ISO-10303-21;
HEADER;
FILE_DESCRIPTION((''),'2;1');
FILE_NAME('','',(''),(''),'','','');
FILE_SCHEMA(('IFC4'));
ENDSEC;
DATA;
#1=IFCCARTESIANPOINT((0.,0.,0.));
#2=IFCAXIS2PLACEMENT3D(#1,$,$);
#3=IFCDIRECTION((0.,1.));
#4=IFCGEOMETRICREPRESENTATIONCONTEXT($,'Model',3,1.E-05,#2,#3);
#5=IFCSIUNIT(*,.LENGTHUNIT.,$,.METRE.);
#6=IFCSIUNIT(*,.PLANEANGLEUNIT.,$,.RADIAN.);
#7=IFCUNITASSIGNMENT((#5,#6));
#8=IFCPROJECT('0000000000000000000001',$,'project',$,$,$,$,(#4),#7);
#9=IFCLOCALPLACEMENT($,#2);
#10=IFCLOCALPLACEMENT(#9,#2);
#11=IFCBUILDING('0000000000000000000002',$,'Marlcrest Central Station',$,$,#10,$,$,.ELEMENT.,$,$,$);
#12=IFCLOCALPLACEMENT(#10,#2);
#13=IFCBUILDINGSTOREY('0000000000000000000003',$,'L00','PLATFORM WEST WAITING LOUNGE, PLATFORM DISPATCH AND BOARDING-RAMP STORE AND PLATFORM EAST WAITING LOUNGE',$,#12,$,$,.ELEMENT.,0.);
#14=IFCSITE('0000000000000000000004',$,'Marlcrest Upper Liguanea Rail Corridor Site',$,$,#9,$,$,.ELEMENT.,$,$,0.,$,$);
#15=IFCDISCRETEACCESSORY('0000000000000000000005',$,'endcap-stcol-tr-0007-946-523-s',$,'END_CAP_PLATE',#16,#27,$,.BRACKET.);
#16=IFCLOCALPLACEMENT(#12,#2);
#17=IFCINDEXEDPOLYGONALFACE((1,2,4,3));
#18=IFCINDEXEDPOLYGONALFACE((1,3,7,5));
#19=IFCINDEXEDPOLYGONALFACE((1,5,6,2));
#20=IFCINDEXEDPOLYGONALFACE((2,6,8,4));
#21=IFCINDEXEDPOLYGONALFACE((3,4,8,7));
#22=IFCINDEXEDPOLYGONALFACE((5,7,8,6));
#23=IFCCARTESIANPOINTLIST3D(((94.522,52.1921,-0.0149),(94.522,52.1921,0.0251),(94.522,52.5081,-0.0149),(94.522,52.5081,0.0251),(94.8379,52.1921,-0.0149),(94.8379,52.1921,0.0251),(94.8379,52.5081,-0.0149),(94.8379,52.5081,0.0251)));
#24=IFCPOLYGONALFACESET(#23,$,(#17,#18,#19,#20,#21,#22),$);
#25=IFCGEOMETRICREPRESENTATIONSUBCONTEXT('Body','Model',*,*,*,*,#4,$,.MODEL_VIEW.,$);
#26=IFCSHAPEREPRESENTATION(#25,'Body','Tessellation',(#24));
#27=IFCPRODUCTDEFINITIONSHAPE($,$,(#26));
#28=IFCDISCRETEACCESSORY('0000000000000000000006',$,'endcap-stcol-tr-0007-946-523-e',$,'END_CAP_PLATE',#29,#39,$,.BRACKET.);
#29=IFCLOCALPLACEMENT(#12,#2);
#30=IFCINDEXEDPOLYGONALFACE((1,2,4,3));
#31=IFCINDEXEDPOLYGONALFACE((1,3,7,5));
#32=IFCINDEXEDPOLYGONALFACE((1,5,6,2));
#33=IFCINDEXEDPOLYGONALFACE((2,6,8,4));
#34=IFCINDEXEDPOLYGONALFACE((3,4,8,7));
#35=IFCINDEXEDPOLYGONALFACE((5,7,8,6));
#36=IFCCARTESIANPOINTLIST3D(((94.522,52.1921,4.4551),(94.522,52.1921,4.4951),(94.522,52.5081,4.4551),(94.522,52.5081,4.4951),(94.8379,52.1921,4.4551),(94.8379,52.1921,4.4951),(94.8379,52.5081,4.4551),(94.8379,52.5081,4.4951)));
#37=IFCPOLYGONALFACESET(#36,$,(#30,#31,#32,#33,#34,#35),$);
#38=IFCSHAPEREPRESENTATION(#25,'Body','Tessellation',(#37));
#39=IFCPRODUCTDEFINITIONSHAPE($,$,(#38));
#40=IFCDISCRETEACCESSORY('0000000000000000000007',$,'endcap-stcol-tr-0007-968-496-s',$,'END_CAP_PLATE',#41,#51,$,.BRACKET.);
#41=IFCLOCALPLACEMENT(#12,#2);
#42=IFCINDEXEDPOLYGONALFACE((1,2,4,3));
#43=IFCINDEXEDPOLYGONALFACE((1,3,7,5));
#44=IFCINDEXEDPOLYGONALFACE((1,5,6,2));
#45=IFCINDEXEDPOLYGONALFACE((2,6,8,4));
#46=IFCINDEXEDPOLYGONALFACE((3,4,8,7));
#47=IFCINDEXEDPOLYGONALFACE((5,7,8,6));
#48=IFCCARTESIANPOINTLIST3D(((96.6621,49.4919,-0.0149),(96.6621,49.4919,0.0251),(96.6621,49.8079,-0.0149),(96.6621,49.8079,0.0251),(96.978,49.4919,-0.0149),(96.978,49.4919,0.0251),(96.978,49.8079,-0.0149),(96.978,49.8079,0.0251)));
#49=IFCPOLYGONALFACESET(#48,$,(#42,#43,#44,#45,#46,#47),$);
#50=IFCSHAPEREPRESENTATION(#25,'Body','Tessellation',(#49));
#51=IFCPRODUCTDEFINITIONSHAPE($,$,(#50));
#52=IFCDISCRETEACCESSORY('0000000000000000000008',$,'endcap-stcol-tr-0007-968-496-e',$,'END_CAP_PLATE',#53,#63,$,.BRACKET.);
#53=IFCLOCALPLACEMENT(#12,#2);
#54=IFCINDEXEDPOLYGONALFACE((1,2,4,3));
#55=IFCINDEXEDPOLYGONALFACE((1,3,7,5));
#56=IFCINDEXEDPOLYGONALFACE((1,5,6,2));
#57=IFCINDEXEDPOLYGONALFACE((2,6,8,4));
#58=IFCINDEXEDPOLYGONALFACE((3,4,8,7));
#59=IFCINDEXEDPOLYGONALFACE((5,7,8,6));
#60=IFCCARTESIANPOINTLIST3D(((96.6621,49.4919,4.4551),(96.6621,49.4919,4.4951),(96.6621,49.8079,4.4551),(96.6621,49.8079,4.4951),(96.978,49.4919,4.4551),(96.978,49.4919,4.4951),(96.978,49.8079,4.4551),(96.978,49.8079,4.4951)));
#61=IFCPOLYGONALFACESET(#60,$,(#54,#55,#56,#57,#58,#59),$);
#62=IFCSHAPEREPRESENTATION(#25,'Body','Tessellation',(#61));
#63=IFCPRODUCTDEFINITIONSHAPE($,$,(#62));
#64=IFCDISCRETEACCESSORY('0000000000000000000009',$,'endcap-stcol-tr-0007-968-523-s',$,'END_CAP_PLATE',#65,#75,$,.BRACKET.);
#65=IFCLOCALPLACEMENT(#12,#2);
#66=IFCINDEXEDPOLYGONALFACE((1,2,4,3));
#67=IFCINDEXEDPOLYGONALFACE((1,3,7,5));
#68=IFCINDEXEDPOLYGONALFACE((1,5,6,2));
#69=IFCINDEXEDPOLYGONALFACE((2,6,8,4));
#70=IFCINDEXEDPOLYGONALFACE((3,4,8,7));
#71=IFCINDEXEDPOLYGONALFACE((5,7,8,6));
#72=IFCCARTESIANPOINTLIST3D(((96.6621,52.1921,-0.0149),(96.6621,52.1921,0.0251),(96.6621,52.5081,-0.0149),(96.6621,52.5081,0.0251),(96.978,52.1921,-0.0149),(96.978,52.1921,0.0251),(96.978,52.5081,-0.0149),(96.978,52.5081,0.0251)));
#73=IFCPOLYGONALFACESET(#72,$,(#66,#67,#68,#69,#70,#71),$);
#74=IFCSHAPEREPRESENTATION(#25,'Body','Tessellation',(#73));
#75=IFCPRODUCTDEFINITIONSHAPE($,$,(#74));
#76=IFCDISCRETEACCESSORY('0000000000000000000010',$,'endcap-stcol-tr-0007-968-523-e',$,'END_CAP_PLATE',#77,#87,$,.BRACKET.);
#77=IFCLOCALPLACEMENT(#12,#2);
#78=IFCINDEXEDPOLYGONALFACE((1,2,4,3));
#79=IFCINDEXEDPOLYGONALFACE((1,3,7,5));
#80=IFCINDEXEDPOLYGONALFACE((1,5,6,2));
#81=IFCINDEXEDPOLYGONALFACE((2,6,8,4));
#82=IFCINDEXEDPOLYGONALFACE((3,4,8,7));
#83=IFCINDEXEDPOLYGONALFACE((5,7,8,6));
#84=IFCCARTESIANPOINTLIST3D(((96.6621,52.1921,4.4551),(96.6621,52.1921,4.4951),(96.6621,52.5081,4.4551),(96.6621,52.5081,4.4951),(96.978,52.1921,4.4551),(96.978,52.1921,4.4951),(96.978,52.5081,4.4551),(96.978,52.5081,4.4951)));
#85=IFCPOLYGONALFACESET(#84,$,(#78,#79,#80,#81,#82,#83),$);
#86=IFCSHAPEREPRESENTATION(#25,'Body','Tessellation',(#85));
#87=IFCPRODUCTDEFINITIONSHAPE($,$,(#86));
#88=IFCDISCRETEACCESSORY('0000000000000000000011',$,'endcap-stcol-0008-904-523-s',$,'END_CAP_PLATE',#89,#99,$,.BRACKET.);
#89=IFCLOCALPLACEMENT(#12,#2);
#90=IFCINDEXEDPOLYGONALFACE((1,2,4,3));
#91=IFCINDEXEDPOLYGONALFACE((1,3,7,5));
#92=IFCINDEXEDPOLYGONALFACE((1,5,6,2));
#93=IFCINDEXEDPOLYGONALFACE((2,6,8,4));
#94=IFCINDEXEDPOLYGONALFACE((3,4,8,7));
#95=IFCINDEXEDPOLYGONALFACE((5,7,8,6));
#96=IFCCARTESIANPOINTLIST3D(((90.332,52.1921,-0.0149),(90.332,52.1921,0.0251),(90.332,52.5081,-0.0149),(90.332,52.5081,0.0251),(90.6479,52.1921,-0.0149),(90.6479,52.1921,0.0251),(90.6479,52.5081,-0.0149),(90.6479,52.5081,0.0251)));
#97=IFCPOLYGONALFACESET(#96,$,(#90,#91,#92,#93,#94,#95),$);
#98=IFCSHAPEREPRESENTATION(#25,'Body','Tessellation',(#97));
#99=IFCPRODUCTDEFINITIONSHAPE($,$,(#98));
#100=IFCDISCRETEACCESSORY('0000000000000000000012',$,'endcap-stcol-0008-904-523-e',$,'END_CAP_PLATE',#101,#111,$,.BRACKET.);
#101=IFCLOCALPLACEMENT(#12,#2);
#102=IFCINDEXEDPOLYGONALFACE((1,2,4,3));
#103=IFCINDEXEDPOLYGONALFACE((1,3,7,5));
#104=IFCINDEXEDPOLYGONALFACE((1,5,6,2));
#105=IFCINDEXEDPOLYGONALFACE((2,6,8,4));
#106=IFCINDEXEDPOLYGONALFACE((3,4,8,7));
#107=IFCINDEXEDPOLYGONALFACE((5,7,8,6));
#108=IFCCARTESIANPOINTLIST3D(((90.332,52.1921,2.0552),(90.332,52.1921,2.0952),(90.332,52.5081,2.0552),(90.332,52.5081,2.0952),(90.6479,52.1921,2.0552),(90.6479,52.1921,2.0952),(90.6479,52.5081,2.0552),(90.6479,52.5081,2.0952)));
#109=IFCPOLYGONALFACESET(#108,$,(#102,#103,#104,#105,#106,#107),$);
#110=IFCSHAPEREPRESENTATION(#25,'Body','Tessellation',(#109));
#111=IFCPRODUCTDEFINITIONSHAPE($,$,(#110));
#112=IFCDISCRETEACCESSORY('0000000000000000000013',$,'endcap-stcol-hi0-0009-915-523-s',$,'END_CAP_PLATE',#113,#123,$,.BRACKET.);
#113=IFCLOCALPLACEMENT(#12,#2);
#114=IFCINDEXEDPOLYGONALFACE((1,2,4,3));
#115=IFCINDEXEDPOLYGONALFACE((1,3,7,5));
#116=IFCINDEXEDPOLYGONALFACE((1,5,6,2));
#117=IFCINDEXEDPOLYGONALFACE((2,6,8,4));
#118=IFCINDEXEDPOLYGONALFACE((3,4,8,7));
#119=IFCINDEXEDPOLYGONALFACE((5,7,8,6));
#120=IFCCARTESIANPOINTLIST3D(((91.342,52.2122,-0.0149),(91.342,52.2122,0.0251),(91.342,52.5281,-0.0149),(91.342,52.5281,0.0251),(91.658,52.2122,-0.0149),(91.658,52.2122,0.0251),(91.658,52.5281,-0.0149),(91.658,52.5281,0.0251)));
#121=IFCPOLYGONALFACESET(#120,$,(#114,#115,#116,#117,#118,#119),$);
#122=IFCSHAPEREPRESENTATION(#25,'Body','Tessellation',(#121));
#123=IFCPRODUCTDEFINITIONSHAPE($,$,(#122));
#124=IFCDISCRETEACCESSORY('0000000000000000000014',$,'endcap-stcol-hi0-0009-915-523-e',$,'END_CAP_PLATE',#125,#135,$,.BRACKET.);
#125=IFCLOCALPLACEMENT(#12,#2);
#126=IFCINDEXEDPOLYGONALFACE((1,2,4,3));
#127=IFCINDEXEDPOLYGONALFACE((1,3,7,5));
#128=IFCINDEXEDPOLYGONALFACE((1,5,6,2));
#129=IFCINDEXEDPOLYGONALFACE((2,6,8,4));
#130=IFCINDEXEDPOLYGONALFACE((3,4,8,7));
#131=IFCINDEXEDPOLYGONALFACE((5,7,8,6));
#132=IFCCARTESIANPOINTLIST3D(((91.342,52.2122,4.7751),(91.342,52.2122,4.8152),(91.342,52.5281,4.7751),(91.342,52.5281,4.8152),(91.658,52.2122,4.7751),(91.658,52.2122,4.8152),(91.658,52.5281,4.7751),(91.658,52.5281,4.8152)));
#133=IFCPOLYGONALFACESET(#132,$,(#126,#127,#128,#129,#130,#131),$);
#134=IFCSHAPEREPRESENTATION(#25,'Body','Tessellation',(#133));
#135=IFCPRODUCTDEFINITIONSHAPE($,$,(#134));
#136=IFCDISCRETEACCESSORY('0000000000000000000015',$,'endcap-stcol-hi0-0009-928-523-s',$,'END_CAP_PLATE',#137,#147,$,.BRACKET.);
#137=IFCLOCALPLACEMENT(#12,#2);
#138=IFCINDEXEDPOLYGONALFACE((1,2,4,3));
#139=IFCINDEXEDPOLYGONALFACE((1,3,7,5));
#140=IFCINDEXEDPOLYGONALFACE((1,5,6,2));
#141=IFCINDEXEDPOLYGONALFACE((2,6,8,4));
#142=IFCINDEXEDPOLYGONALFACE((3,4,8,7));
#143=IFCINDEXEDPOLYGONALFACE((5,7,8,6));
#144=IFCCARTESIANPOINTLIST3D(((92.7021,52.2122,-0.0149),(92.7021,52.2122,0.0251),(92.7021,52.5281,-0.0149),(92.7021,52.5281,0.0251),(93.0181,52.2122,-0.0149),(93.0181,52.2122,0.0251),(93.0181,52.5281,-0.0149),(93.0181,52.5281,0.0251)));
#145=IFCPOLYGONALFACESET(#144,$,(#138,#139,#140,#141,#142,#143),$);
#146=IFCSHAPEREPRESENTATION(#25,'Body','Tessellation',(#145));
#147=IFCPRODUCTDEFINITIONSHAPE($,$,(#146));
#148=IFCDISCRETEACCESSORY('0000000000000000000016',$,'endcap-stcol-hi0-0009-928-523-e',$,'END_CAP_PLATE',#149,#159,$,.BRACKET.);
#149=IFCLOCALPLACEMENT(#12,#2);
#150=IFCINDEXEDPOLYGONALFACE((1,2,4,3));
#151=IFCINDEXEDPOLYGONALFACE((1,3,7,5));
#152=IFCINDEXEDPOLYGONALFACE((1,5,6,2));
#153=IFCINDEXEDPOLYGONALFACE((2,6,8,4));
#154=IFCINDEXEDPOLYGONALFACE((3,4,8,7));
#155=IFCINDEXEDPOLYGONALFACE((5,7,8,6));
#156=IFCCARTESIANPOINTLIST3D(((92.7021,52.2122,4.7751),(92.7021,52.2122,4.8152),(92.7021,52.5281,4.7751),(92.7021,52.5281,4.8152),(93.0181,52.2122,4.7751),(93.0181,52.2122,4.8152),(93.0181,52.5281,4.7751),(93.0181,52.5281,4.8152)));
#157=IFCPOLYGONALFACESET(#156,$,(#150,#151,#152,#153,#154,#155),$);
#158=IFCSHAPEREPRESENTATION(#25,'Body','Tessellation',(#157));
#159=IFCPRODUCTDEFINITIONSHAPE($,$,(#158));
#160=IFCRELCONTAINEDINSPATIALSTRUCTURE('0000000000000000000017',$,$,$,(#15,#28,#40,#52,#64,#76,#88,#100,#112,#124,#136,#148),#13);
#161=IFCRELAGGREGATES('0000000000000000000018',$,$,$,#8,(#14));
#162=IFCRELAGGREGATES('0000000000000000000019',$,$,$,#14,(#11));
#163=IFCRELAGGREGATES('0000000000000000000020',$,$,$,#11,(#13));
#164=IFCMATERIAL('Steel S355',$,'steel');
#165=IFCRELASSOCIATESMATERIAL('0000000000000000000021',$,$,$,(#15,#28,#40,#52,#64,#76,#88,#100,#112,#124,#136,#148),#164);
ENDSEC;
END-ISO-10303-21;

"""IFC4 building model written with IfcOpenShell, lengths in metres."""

from ifc_helpers import new_model, si_unit, direction, frame, origin, origin_2d, place, context, subcontext, project, spatial, rectangle, extrude, material, element, save


model = new_model("IFC4")

# Units and contexts
model_context = context("Model", 3, precision=1e-05, world=origin(), true_north=direction((0.0, 1.0)))
body_context = subcontext(model_context, "Body", "Model", "MODEL_VIEW")
ifc_project = project(units=[si_unit("LENGTHUNIT", "METRE"), si_unit("PLANEANGLEUNIT", "RADIAN")], contexts=[model_context])

# Site, building, storey
site_placement = place(None, origin())
site = spatial("IfcSite", under=ifc_project, at=site_placement, Name="Marlcrest Upper Liguanea Rail Corridor Site", CompositionType="ELEMENT", RefElevation=0.0)
building_placement = place(site_placement, origin())
building = spatial("IfcBuilding", under=site, at=building_placement, Name="Marlcrest Central Station", CompositionType="ELEMENT")
storey_placement = place(building_placement, origin())
storey = spatial("IfcBuildingStorey", under=building, at=storey_placement, Name="L00", Description="PLATFORM WEST WAITING LOUNGE, PLATFORM DISPATCH AND BOARDING-RAMP STORE AND PLATFORM EAST WAITING LOUNGE", CompositionType="ELEMENT", Elevation=0.0)

# Shared definitions
ifc_material_1 = material(Name="Steel S355", Category="steel")

# Discrete accessories
for number, where, z_axis, x_axis, name in (
    (1, (94.6799, 52.3501, -0.0149), (0.0, 0.0, 1.0), (1.0, 0.0, 0.0), "endcap-stcol-tr-0007-946-523-s"),
    (2, (94.6799, 52.3501, 4.4551), (0.0, 0.0, 1.0), (1.0, 0.0, 0.0), "endcap-stcol-tr-0007-946-523-e"),
    (3, (96.8201, 49.6499, -0.0149), (0.0, 0.0, 1.0), (1.0, 0.0, 0.0), "endcap-stcol-tr-0007-968-496-s"),
    (4, (96.8201, 49.6499, 4.4551), (0.0, 0.0, 1.0), (1.0, 0.0, 0.0), "endcap-stcol-tr-0007-968-496-e"),
    (5, (96.8201, 52.3501, -0.0149), (0.0, 0.0, 1.0), (1.0, 0.0, 0.0), "endcap-stcol-tr-0007-968-523-s"),
    (6, (96.8201, 52.3501, 4.4551), (0.0, 0.0, 1.0), (1.0, 0.0, 0.0), "endcap-stcol-tr-0007-968-523-e"),
    (7, (90.49, 52.3501, -0.0149), (0.0, 0.0, 1.0), (1.0, 0.0, 0.0), "endcap-stcol-0008-904-523-s"),
    (8, (90.49, 52.3501, 2.0552), (0.0, 0.0, 1.0), (1.0, 0.0, 0.0), "endcap-stcol-0008-904-523-e"),
    (9, (91.5, 52.3701, -0.0149), (0.0, 0.0, 1.0), (1.0, 0.0, 0.0), "endcap-stcol-hi0-0009-915-523-s"),
    (10, (91.5, 52.3701, 4.7751), (0.0, 0.0, 1.0), (1.0, 0.0, 0.0), "endcap-stcol-hi0-0009-915-523-e"),
    (11, (92.8601, 52.3701, -0.0149), (0.0, 0.0, 1.0), (1.0, 0.0, 0.0), "endcap-stcol-hi0-0009-928-523-s"),
    (12, (92.8601, 52.3701, 4.7751), (0.0, 0.0, 1.0), (1.0, 0.0, 0.0), "endcap-stcol-hi0-0009-928-523-e"),
):
    element("IfcDiscreteAccessory", number, at=place(storey_placement, frame(where, z_axis=z_axis, x_axis=x_axis)), inside=storey, material=ifc_material_1, Name=name, ObjectType="END_CAP_PLATE", PredefinedType="BRACKET", context=body_context, shape_type="SweptSolid", body=[
        extrude(rectangle(XDim=0.3159, YDim=0.3159, at=origin_2d()), origin(), (0.0, 0.0, 1.0), 0.04),
    ])

save(model, "model.ifc")
